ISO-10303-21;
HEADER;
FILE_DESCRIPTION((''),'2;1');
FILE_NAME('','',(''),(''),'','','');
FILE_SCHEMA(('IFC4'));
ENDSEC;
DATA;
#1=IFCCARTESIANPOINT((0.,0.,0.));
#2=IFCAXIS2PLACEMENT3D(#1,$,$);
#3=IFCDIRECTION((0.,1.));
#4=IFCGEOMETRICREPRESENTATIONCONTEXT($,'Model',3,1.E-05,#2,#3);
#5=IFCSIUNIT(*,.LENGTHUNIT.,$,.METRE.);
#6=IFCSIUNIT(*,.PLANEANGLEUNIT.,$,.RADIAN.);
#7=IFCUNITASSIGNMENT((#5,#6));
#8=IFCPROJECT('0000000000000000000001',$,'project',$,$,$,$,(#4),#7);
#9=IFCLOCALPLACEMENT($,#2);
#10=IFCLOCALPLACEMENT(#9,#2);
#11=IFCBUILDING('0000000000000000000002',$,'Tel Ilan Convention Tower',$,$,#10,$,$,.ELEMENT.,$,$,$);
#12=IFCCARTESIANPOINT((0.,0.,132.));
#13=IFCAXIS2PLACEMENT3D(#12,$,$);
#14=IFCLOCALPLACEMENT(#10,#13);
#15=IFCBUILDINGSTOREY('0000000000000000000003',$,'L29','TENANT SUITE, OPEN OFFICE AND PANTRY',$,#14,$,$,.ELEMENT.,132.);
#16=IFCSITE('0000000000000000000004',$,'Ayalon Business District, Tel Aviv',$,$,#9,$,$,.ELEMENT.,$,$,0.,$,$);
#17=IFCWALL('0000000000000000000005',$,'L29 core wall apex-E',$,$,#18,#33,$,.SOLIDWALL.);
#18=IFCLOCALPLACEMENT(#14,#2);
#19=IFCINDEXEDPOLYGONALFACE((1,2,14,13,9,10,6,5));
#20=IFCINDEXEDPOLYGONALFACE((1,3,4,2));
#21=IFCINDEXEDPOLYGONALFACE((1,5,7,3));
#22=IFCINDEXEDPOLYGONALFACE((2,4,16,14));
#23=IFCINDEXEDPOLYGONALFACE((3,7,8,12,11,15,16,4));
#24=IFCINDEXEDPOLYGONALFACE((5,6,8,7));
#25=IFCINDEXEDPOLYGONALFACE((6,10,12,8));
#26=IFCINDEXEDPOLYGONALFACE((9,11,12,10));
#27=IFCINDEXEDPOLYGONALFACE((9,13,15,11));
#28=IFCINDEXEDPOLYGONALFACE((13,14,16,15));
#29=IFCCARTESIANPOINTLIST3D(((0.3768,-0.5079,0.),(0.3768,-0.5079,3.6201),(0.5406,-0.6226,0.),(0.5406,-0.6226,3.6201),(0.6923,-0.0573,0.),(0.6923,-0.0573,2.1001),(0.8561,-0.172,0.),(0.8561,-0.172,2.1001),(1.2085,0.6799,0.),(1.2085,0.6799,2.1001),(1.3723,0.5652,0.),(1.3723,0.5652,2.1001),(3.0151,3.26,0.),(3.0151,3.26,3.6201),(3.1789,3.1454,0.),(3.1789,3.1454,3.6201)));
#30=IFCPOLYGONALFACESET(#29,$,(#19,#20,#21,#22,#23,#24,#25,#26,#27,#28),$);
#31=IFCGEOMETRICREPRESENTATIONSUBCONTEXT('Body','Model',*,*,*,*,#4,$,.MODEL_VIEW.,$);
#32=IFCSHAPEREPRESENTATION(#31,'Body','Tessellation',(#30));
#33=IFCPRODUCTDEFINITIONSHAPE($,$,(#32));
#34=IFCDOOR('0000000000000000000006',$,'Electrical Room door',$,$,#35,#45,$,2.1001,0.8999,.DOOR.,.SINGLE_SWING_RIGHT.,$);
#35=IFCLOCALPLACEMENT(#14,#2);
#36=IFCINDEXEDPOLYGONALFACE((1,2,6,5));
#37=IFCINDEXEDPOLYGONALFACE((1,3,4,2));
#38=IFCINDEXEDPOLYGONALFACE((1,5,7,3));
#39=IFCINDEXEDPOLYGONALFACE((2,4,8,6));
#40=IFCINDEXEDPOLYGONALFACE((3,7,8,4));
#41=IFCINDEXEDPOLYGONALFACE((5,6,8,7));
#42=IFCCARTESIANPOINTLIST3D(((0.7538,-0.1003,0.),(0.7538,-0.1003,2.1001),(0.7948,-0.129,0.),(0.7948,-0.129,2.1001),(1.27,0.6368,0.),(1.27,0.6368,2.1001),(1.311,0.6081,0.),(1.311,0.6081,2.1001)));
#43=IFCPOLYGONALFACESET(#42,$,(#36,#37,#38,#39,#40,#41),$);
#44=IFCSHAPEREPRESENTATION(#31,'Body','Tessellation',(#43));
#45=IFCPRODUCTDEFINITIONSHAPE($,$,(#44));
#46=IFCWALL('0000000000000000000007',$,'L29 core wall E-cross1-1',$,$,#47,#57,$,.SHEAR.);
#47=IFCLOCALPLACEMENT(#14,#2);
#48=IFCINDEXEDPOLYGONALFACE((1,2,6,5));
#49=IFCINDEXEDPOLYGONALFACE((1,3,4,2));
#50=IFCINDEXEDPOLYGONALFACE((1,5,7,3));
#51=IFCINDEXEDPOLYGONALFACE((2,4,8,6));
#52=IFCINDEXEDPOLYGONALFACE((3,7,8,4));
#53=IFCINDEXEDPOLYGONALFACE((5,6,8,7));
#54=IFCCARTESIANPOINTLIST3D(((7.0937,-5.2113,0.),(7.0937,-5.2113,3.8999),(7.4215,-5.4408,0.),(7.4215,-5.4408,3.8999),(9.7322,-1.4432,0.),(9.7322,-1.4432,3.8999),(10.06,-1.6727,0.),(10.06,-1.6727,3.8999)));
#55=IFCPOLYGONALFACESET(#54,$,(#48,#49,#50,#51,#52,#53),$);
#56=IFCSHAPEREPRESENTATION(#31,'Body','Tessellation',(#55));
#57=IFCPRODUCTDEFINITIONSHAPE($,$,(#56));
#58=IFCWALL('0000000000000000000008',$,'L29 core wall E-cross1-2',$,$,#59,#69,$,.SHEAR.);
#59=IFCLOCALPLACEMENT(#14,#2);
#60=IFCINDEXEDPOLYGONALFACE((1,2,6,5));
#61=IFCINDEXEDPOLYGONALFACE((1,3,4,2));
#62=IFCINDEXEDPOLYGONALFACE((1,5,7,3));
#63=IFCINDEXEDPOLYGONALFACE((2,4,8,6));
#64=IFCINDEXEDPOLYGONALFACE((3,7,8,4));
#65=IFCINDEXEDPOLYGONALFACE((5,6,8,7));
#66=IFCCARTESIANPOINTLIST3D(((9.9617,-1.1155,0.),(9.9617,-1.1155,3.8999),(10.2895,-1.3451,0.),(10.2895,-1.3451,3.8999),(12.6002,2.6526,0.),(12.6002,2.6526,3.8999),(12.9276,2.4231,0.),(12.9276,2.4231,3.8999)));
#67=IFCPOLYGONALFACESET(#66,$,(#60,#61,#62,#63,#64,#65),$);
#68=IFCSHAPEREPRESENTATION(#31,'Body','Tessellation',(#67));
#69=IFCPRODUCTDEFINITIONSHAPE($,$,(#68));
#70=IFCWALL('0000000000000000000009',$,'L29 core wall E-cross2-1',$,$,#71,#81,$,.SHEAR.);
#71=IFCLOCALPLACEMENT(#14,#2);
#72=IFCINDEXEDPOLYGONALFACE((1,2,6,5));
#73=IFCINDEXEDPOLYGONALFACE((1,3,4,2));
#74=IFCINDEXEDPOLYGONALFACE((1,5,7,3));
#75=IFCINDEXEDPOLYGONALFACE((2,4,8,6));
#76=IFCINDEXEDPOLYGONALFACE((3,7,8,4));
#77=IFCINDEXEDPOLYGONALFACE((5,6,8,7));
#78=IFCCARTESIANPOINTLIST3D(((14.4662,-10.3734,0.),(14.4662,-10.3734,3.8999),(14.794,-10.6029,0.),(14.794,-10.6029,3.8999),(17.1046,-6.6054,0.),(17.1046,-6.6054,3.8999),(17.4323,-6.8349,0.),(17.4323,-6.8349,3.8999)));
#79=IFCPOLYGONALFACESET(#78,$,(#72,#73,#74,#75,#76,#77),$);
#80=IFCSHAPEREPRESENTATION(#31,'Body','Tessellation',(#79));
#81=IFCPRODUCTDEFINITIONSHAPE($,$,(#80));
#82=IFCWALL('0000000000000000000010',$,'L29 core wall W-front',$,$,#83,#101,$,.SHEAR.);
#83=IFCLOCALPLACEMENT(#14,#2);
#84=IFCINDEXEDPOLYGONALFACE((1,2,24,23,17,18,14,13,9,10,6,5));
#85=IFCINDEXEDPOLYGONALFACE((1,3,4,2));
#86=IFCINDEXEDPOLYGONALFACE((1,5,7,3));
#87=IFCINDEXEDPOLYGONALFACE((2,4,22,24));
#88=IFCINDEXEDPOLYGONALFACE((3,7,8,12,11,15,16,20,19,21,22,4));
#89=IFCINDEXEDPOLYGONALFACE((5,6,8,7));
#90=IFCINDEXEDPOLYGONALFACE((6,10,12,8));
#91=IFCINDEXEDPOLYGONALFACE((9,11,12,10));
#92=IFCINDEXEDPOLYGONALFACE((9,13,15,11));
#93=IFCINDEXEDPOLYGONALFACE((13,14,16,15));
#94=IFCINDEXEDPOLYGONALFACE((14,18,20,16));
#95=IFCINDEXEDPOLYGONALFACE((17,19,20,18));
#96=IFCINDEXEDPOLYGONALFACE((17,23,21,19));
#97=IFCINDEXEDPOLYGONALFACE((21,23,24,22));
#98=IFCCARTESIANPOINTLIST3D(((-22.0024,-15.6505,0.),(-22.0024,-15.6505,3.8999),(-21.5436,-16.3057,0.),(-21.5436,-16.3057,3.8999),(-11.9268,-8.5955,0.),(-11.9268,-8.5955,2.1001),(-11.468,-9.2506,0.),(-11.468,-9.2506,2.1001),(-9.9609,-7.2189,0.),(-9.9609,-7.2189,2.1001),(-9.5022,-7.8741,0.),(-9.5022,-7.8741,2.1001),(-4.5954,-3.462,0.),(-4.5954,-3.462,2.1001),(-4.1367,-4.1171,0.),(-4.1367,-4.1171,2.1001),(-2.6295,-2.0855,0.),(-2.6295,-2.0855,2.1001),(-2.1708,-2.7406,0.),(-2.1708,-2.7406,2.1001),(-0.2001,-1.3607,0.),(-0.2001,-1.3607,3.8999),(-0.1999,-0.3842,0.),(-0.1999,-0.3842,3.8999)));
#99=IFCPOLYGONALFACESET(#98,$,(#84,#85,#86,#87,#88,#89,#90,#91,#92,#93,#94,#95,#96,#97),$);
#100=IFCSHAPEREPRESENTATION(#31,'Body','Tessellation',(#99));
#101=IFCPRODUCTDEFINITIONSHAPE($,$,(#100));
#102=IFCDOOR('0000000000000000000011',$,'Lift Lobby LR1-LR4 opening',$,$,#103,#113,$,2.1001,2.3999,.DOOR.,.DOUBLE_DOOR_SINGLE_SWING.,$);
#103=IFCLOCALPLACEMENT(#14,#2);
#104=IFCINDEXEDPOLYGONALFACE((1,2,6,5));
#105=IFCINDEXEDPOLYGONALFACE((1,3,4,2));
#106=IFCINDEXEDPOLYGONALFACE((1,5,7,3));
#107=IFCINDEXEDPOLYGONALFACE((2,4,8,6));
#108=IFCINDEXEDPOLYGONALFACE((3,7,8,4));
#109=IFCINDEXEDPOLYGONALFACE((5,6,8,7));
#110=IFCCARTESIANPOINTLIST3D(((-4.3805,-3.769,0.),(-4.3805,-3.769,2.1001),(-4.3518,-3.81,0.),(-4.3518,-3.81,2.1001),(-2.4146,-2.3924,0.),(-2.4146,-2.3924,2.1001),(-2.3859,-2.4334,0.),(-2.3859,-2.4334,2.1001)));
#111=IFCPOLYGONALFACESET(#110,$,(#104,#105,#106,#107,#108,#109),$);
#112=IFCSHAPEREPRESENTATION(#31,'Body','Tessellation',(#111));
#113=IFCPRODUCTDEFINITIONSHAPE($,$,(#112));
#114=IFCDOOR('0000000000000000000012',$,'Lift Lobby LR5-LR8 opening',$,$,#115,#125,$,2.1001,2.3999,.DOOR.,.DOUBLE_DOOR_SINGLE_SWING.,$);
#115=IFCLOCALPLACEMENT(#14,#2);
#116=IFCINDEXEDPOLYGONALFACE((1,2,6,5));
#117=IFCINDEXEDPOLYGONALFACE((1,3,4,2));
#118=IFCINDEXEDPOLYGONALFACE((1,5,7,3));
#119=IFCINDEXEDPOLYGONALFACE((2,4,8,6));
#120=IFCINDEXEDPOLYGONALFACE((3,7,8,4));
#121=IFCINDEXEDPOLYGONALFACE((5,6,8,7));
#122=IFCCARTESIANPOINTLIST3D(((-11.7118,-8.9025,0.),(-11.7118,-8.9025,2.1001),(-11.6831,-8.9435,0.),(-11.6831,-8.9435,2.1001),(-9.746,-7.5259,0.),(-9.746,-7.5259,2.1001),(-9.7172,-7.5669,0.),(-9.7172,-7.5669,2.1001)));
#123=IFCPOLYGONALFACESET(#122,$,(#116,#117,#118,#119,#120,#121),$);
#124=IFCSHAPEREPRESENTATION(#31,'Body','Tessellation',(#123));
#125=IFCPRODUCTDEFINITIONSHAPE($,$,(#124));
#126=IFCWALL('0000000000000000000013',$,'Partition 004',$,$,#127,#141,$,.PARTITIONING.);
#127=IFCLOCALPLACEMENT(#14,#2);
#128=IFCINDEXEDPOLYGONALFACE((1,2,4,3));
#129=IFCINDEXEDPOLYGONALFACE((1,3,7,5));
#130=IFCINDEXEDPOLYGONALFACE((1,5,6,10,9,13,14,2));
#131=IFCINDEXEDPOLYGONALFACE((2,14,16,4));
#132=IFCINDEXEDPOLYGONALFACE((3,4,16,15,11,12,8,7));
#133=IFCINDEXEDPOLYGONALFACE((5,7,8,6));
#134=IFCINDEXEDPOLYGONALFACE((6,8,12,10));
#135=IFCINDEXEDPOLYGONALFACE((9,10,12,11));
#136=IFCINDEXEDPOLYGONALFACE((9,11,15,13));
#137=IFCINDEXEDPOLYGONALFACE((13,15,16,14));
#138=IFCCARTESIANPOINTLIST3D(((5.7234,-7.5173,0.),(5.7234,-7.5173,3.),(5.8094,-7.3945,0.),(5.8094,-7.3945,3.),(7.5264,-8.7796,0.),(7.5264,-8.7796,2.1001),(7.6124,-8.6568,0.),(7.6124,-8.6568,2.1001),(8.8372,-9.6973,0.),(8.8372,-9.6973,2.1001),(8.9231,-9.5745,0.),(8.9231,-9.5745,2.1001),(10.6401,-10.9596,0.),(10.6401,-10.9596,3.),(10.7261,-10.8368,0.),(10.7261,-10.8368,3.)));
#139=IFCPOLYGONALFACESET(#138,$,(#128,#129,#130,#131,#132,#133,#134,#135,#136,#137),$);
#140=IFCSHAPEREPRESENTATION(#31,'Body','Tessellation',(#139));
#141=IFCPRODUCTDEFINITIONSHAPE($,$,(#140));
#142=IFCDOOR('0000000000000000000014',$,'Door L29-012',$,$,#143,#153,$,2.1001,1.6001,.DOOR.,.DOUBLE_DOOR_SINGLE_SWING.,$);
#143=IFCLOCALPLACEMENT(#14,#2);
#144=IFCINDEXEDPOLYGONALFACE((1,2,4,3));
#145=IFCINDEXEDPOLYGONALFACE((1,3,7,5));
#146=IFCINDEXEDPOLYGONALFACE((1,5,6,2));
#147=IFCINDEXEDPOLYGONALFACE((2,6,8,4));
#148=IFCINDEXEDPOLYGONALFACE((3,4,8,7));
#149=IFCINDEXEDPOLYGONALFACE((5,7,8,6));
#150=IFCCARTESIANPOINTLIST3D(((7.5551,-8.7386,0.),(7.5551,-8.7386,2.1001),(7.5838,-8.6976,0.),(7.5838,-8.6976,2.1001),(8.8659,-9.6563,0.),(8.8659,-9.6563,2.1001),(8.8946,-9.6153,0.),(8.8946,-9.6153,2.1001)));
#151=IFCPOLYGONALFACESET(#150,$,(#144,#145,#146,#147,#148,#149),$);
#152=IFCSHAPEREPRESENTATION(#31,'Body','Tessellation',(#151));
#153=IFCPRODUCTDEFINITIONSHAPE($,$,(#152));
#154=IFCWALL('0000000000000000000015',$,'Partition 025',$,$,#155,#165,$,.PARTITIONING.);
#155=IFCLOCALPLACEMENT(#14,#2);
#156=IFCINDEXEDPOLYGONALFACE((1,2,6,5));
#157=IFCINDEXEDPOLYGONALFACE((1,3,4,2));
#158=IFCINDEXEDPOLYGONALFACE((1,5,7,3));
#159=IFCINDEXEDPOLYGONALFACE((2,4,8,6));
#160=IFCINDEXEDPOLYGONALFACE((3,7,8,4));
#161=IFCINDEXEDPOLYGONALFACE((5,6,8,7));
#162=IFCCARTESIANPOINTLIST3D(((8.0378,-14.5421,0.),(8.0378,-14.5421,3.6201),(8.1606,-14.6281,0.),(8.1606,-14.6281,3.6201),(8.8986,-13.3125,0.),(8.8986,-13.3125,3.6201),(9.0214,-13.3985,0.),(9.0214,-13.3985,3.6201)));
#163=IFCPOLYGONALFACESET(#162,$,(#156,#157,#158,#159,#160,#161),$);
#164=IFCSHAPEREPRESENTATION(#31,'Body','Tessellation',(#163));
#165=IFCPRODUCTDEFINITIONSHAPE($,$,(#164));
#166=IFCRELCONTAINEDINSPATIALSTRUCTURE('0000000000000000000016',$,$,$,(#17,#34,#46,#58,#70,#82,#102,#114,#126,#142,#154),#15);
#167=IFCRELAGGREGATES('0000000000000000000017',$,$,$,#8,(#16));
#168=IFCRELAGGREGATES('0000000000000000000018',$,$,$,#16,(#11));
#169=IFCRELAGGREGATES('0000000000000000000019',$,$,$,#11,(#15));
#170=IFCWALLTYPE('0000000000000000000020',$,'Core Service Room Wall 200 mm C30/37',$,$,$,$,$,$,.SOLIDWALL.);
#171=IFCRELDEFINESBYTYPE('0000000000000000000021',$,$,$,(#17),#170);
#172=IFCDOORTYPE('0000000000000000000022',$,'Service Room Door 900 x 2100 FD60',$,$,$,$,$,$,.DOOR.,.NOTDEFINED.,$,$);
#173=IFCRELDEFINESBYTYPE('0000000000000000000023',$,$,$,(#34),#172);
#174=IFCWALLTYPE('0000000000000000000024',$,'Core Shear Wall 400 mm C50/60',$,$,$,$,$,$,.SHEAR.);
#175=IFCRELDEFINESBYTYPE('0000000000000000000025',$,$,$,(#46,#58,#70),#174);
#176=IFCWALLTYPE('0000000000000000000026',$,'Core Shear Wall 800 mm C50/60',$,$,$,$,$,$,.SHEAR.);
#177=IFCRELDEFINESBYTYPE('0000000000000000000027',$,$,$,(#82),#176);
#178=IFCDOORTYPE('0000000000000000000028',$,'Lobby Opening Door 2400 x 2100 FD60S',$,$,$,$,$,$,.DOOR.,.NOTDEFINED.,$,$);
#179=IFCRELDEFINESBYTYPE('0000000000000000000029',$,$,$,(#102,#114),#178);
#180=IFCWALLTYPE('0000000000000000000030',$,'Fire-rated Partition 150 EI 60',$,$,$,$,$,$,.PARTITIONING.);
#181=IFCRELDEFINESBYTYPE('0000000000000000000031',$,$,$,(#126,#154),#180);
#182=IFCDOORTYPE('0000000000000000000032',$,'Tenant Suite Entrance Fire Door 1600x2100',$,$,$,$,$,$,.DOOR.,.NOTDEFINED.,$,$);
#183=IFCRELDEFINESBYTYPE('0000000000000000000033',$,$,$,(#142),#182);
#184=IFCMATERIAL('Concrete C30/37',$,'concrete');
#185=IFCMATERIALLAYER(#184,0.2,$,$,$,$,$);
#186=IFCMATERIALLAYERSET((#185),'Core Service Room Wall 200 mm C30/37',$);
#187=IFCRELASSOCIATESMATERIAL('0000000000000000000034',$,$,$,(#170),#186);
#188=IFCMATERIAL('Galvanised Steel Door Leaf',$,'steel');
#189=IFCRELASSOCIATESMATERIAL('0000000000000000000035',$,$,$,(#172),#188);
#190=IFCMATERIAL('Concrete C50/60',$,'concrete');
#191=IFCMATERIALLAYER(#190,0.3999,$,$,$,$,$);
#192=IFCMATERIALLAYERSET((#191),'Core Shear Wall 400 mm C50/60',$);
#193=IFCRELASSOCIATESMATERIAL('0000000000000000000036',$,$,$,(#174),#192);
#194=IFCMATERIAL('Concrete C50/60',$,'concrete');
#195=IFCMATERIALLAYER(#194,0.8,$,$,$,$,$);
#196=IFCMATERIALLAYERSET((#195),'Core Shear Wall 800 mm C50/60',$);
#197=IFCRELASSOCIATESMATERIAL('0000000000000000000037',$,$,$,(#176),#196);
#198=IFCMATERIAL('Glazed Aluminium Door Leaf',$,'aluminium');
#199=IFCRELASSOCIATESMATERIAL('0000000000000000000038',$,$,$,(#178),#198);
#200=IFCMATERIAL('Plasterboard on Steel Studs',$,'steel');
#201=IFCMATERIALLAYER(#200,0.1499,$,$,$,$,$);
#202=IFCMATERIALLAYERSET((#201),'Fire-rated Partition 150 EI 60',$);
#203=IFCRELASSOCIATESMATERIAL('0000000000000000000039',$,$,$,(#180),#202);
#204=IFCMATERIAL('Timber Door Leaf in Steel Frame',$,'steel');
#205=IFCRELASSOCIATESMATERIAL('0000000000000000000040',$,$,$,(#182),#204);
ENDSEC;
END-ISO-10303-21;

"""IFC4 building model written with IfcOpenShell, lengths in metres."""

from ifc_helpers import new_model, si_unit, direction, frame, frame_2d, origin, place, context, subcontext, project, spatial, polyline, rectangle, outline, extrude, material, layer, layer_set, type_object, element, fill, save


model = new_model("IFC4")

# Units and contexts
model_context = context("Model", 3, precision=1e-05, world=origin(), true_north=direction((0.0, 1.0)))
body_context = subcontext(model_context, "Body", "Model", "MODEL_VIEW")
ifc_project = project(units=[si_unit("LENGTHUNIT", "METRE"), si_unit("PLANEANGLEUNIT", "RADIAN")], contexts=[model_context])

# Site, building, storey
site_placement = place(None, origin())
site = spatial("IfcSite", under=ifc_project, at=site_placement, Name="Ayalon Business District, Tel Aviv", CompositionType="ELEMENT", RefElevation=0.0)
building_placement = place(site_placement, origin())
building = spatial("IfcBuilding", under=site, at=building_placement, Name="Tel Ilan Convention Tower", CompositionType="ELEMENT")
storey_placement = place(building_placement, frame((0.0, 0.0, 132.0)))
storey = spatial("IfcBuildingStorey", under=building, at=storey_placement, Name="L29", Description="TENANT SUITE, OPEN OFFICE AND PANTRY", CompositionType="ELEMENT", Elevation=132.0)

# Wall, opening, door
ifc_material_1 = material(Name="Concrete C30/37", Category="concrete")
ifc_layer_1 = layer(ifc_material_1, 0.2)
ifc_layer_set_1 = layer_set([ifc_layer_1], Name="Core Service Room Wall 200 mm C30/37")
wall_type_1 = type_object("IfcWallType", Name="Core Service Room Wall 200 mm C30/37", PredefinedType="SOLIDWALL", material=ifc_layer_set_1)
wall_1_placement = place(storey_placement, frame((0.4587, -0.5652, 0.0), z_axis=(0.0, 0.0, 1.0), x_axis=(0.573576, 0.819152, 0.0)))
wall_1 = element("IfcWall", 1, at=wall_1_placement, inside=storey, type_object=wall_type_1, Name="L29 core wall apex-E", PredefinedType="SOLIDWALL", context=body_context, shape_type="SweptSolid", body=[
    extrude(rectangle(XDim=4.5999, YDim=0.2, at=frame_2d((2.2998, 0.0))), origin(), (0.0, 0.0, 1.0), 3.6201),
])
opening_1_placement = place(wall_1_placement, frame((0.55, 0.0, 0.0)))
opening_1 = element("IfcOpeningElement", 2, at=opening_1_placement, cuts=wall_1, PredefinedType="OPENING", context=body_context, shape_type="SweptSolid", body=[
    extrude(rectangle(XDim=0.8999, YDim=2.1001, at=frame_2d((0.45, 1.05))), frame((0.0, 0.1099, 0.0), z_axis=(0.0, -1.0, 0.0), x_axis=(1.0, 0.0, 0.0)), (0.0, 0.0, 1.0), 0.22),
])
ifc_material_2 = material(Name="Galvanised Steel Door Leaf", Category="steel")
door_type_1 = type_object("IfcDoorType", Name="Service Room Door 900 x 2100 FD60", OperationType="NOTDEFINED", PredefinedType="DOOR", material=ifc_material_2)
door_1_placement = place(opening_1_placement, origin())
door_1 = element("IfcDoor", 3, at=door_1_placement, inside=storey, type_object=door_type_1, Name="Electrical Room door", OperationType="SINGLE_SWING_RIGHT", OverallHeight=2.1001, OverallWidth=0.8999, PredefinedType="DOOR", context=body_context, shape_type="SweptSolid", body=[
    extrude(rectangle(XDim=0.8999, YDim=2.1001, at=frame_2d((0.45, 1.05))), frame((0.0, 0.0249, 0.0), z_axis=(0.0, -1.0, 0.0), x_axis=(1.0, 0.0, 0.0)), (0.0, 0.0, 1.0), 0.05),
])
fill(opening_1, door_1)

# Walls
ifc_material_3 = material(Name="Concrete C50/60", Category="concrete")
ifc_layer_2 = layer(ifc_material_3, 0.3999)
ifc_layer_set_2 = layer_set([ifc_layer_2], Name="Core Shear Wall 400 mm C50/60")
wall_type_2 = type_object("IfcWallType", Name="Core Shear Wall 400 mm C50/60", PredefinedType="SHEAR", material=ifc_layer_set_2)
wall_2_placement = place(storey_placement, frame((7.2578, -5.3259, 0.0), z_axis=(0.0, 0.0, 1.0), x_axis=(0.573541, 0.819177, 0.0)))
element("IfcWall", 4, at=wall_2_placement, inside=storey, type_object=wall_type_2, Name="L29 core wall E-cross1-1", PredefinedType="SHEAR", context=body_context, shape_type="SweptSolid", body=[
    extrude(outline(polyline([(-0.0002, 0.2002), (-0.0002, -0.2), (4.5999, -0.2002), (4.5999, 0.2), (-0.0002, 0.2002)])), origin(), (0.0, 0.0, 1.0), 3.8999),
])
wall_3_placement = place(storey_placement, frame((10.1255, -1.2302, 0.0), z_axis=(0.0, 0.0, 1.0), x_axis=(0.573576, 0.819152, 0.0)))
element("IfcWall", 5, at=wall_3_placement, inside=storey, type_object=wall_type_2, Name="L29 core wall E-cross1-2", PredefinedType="SHEAR", context=body_context, shape_type="SweptSolid", body=[
    extrude(outline(polyline([(4.5999, -0.2), (4.6001, 0.2), (0.0, 0.2), (0.0, -0.2002), (4.5999, -0.2)])), origin(), (0.0, 0.0, 1.0), 3.8999),
])
wall_4_placement = place(storey_placement, frame((14.6299, -10.4883, 0.0), z_axis=(0.0, 0.0, 1.0), x_axis=(0.573612, 0.819127, 0.0)))
element("IfcWall", 6, at=wall_4_placement, inside=storey, type_object=wall_type_2, Name="L29 core wall E-cross2-1", PredefinedType="SHEAR", context=body_context, shape_type="SweptSolid", body=[
    extrude(outline(polyline([(0.0002, 0.2), (0.0002, -0.2002), (4.6001, -0.2), (4.6001, 0.2002), (0.0002, 0.2)])), origin(), (0.0, 0.0, 1.0), 3.8999),
])

# Wall, openings, doors
ifc_material_4 = material(Name="Concrete C50/60", Category="concrete")
ifc_layer_3 = layer(ifc_material_4, 0.8)
ifc_layer_set_3 = layer_set([ifc_layer_3], Name="Core Shear Wall 800 mm C50/60")
wall_type_3 = type_object("IfcWallType", Name="Core Shear Wall 800 mm C50/60", PredefinedType="SHEAR", material=ifc_layer_set_3)
wall_5_placement = place(storey_placement, frame((0.0293, -0.7119, 0.0), z_axis=(0.0, 0.0, 1.0), x_axis=(-0.819152, -0.573577, 0.0)))
wall_5 = element("IfcWall", 7, at=wall_5_placement, inside=storey, type_object=wall_type_3, Name="L29 core wall W-front", PredefinedType="SHEAR", context=body_context, shape_type="SweptSolid", body=[
    extrude(outline(polyline([(26.6157, 0.3999), (0.5601, 0.3999), (-0.0002, -0.3999), (26.6157, -0.3999), (26.6157, 0.3999)])), origin(), (0.0, 0.0, 1.0), 3.8999),
])
opening_2_placement = place(wall_5_placement, frame((2.9658, 0.0, 0.0)))
opening_2 = element("IfcOpeningElement", 8, at=opening_2_placement, cuts=wall_5, PredefinedType="OPENING", context=body_context, shape_type="SweptSolid", body=[
    extrude(rectangle(XDim=2.3999, YDim=2.1001, at=frame_2d((1.2, 1.05))), frame((0.0, 0.4099, 0.0), z_axis=(0.0, -1.0, 0.0), x_axis=(1.0, 0.0, 0.0)), (0.0, 0.0, 1.0), 0.8201),
])
opening_3_placement = place(wall_5_placement, frame((11.9158, 0.0, 0.0)))
opening_3 = element("IfcOpeningElement", 9, at=opening_3_placement, cuts=wall_5, PredefinedType="OPENING", context=body_context, shape_type="SweptSolid", body=[
    extrude(rectangle(XDim=2.3999, YDim=2.1001, at=frame_2d((1.2, 1.05))), frame((0.0, 0.4099, 0.0), z_axis=(0.0, -1.0, 0.0), x_axis=(1.0, 0.0, 0.0)), (0.0, 0.0, 1.0), 0.8201),
])
ifc_material_5 = material(Name="Glazed Aluminium Door Leaf", Category="aluminium")
door_type_2 = type_object("IfcDoorType", Name="Lobby Opening Door 2400 x 2100 FD60S", OperationType="NOTDEFINED", PredefinedType="DOOR", material=ifc_material_5)
door_2_placement = place(opening_2_placement, origin())
door_2 = element("IfcDoor", 10, at=door_2_placement, inside=storey, type_object=door_type_2, Name="Lift Lobby LR1-LR4 opening", OperationType="DOUBLE_DOOR_SINGLE_SWING", OverallHeight=2.1001, OverallWidth=2.3999, PredefinedType="DOOR", context=body_context, shape_type="SweptSolid", body=[
    extrude(rectangle(XDim=2.3999, YDim=2.1001, at=frame_2d((1.2, 1.05))), frame((0.0, 0.0249, 0.0), z_axis=(0.0, -1.0, 0.0), x_axis=(1.0, 0.0, 0.0)), (0.0, 0.0, 1.0), 0.05),
])
fill(opening_2, door_2)
door_3_placement = place(opening_3_placement, origin())
door_3 = element("IfcDoor", 11, at=door_3_placement, inside=storey, type_object=door_type_2, Name="Lift Lobby LR5-LR8 opening", OperationType="DOUBLE_DOOR_SINGLE_SWING", OverallHeight=2.1001, OverallWidth=2.3999, PredefinedType="DOOR", context=body_context, shape_type="SweptSolid", body=[
    extrude(rectangle(XDim=2.3999, YDim=2.1001, at=frame_2d((1.2, 1.05))), frame((0.0, 0.0249, 0.0), z_axis=(0.0, -1.0, 0.0), x_axis=(1.0, 0.0, 0.0)), (0.0, 0.0, 1.0), 0.05),
])
fill(opening_3, door_3)

# Wall, opening, door
ifc_material_6 = material(Name="Plasterboard on Steel Studs", Category="steel")
ifc_layer_4 = layer(ifc_material_6, 0.1499)
ifc_layer_set_4 = layer_set([ifc_layer_4], Name="Fire-rated Partition 150 EI 60")
wall_type_4 = type_object("IfcWallType", Name="Fire-rated Partition 150 EI 60", PredefinedType="PARTITIONING", material=ifc_layer_set_4)
wall_6_placement = place(storey_placement, frame((10.6831, -10.8982, 0.0), z_axis=(0.0, 0.0, 1.0), x_axis=(-0.81918, 0.573536, 0.0)))
wall_6 = element("IfcWall", 12, at=wall_6_placement, inside=storey, type_object=wall_type_4, Name="Partition 004", PredefinedType="PARTITIONING", context=body_context, shape_type="SweptSolid", body=[
    extrude(rectangle(XDim=6.002, YDim=0.1499, at=frame_2d((3.001, 0.0))), origin(), (0.0, 0.0, 1.0), 3.0),
])
opening_4_placement = place(wall_6_placement, frame((2.2009, 0.0, 0.0)))
opening_4 = element("IfcOpeningElement", 13, at=opening_4_placement, cuts=wall_6, PredefinedType="OPENING", context=body_context, shape_type="SweptSolid", body=[
    extrude(rectangle(XDim=1.6001, YDim=2.1001, at=frame_2d((0.8, 1.05))), frame((0.0, 0.085, 0.0), z_axis=(0.0, -1.0, 0.0), x_axis=(1.0, 0.0, 0.0)), (0.0, 0.0, 1.0), 0.1699),
])
ifc_material_7 = material(Name="Timber Door Leaf in Steel Frame", Category="steel")
door_type_3 = type_object("IfcDoorType", Name="Tenant Suite Entrance Fire Door 1600x2100", OperationType="NOTDEFINED", PredefinedType="DOOR", material=ifc_material_7)
door_4_placement = place(opening_4_placement, origin())
door_4 = element("IfcDoor", 14, at=door_4_placement, inside=storey, type_object=door_type_3, Name="Door L29-012", OperationType="DOUBLE_DOOR_SINGLE_SWING", OverallHeight=2.1001, OverallWidth=1.6001, PredefinedType="DOOR", context=body_context, shape_type="SweptSolid", body=[
    extrude(rectangle(XDim=1.6001, YDim=2.1001, at=frame_2d((0.8, 1.05))), frame((0.0, 0.0249, 0.0), z_axis=(0.0, -1.0, 0.0), x_axis=(1.0, 0.0, 0.0)), (0.0, 0.0, 1.0), 0.05),
])
fill(opening_4, door_4)

# Wall
wall_7_placement = place(storey_placement, frame((8.96, -13.3555, 0.0), z_axis=(0.0, 0.0, 1.0), x_axis=(-0.573473, -0.819224, 0.0)))
element("IfcWall", 15, at=wall_7_placement, inside=storey, type_object=wall_type_4, Name="Partition 025", PredefinedType="PARTITIONING", context=body_context, shape_type="SweptSolid", body=[
    extrude(rectangle(XDim=1.501, YDim=0.1499, at=frame_2d((0.7505, 0.0))), origin(), (0.0, 0.0, 1.0), 3.6201),
])

save(model, "model.ifc")
